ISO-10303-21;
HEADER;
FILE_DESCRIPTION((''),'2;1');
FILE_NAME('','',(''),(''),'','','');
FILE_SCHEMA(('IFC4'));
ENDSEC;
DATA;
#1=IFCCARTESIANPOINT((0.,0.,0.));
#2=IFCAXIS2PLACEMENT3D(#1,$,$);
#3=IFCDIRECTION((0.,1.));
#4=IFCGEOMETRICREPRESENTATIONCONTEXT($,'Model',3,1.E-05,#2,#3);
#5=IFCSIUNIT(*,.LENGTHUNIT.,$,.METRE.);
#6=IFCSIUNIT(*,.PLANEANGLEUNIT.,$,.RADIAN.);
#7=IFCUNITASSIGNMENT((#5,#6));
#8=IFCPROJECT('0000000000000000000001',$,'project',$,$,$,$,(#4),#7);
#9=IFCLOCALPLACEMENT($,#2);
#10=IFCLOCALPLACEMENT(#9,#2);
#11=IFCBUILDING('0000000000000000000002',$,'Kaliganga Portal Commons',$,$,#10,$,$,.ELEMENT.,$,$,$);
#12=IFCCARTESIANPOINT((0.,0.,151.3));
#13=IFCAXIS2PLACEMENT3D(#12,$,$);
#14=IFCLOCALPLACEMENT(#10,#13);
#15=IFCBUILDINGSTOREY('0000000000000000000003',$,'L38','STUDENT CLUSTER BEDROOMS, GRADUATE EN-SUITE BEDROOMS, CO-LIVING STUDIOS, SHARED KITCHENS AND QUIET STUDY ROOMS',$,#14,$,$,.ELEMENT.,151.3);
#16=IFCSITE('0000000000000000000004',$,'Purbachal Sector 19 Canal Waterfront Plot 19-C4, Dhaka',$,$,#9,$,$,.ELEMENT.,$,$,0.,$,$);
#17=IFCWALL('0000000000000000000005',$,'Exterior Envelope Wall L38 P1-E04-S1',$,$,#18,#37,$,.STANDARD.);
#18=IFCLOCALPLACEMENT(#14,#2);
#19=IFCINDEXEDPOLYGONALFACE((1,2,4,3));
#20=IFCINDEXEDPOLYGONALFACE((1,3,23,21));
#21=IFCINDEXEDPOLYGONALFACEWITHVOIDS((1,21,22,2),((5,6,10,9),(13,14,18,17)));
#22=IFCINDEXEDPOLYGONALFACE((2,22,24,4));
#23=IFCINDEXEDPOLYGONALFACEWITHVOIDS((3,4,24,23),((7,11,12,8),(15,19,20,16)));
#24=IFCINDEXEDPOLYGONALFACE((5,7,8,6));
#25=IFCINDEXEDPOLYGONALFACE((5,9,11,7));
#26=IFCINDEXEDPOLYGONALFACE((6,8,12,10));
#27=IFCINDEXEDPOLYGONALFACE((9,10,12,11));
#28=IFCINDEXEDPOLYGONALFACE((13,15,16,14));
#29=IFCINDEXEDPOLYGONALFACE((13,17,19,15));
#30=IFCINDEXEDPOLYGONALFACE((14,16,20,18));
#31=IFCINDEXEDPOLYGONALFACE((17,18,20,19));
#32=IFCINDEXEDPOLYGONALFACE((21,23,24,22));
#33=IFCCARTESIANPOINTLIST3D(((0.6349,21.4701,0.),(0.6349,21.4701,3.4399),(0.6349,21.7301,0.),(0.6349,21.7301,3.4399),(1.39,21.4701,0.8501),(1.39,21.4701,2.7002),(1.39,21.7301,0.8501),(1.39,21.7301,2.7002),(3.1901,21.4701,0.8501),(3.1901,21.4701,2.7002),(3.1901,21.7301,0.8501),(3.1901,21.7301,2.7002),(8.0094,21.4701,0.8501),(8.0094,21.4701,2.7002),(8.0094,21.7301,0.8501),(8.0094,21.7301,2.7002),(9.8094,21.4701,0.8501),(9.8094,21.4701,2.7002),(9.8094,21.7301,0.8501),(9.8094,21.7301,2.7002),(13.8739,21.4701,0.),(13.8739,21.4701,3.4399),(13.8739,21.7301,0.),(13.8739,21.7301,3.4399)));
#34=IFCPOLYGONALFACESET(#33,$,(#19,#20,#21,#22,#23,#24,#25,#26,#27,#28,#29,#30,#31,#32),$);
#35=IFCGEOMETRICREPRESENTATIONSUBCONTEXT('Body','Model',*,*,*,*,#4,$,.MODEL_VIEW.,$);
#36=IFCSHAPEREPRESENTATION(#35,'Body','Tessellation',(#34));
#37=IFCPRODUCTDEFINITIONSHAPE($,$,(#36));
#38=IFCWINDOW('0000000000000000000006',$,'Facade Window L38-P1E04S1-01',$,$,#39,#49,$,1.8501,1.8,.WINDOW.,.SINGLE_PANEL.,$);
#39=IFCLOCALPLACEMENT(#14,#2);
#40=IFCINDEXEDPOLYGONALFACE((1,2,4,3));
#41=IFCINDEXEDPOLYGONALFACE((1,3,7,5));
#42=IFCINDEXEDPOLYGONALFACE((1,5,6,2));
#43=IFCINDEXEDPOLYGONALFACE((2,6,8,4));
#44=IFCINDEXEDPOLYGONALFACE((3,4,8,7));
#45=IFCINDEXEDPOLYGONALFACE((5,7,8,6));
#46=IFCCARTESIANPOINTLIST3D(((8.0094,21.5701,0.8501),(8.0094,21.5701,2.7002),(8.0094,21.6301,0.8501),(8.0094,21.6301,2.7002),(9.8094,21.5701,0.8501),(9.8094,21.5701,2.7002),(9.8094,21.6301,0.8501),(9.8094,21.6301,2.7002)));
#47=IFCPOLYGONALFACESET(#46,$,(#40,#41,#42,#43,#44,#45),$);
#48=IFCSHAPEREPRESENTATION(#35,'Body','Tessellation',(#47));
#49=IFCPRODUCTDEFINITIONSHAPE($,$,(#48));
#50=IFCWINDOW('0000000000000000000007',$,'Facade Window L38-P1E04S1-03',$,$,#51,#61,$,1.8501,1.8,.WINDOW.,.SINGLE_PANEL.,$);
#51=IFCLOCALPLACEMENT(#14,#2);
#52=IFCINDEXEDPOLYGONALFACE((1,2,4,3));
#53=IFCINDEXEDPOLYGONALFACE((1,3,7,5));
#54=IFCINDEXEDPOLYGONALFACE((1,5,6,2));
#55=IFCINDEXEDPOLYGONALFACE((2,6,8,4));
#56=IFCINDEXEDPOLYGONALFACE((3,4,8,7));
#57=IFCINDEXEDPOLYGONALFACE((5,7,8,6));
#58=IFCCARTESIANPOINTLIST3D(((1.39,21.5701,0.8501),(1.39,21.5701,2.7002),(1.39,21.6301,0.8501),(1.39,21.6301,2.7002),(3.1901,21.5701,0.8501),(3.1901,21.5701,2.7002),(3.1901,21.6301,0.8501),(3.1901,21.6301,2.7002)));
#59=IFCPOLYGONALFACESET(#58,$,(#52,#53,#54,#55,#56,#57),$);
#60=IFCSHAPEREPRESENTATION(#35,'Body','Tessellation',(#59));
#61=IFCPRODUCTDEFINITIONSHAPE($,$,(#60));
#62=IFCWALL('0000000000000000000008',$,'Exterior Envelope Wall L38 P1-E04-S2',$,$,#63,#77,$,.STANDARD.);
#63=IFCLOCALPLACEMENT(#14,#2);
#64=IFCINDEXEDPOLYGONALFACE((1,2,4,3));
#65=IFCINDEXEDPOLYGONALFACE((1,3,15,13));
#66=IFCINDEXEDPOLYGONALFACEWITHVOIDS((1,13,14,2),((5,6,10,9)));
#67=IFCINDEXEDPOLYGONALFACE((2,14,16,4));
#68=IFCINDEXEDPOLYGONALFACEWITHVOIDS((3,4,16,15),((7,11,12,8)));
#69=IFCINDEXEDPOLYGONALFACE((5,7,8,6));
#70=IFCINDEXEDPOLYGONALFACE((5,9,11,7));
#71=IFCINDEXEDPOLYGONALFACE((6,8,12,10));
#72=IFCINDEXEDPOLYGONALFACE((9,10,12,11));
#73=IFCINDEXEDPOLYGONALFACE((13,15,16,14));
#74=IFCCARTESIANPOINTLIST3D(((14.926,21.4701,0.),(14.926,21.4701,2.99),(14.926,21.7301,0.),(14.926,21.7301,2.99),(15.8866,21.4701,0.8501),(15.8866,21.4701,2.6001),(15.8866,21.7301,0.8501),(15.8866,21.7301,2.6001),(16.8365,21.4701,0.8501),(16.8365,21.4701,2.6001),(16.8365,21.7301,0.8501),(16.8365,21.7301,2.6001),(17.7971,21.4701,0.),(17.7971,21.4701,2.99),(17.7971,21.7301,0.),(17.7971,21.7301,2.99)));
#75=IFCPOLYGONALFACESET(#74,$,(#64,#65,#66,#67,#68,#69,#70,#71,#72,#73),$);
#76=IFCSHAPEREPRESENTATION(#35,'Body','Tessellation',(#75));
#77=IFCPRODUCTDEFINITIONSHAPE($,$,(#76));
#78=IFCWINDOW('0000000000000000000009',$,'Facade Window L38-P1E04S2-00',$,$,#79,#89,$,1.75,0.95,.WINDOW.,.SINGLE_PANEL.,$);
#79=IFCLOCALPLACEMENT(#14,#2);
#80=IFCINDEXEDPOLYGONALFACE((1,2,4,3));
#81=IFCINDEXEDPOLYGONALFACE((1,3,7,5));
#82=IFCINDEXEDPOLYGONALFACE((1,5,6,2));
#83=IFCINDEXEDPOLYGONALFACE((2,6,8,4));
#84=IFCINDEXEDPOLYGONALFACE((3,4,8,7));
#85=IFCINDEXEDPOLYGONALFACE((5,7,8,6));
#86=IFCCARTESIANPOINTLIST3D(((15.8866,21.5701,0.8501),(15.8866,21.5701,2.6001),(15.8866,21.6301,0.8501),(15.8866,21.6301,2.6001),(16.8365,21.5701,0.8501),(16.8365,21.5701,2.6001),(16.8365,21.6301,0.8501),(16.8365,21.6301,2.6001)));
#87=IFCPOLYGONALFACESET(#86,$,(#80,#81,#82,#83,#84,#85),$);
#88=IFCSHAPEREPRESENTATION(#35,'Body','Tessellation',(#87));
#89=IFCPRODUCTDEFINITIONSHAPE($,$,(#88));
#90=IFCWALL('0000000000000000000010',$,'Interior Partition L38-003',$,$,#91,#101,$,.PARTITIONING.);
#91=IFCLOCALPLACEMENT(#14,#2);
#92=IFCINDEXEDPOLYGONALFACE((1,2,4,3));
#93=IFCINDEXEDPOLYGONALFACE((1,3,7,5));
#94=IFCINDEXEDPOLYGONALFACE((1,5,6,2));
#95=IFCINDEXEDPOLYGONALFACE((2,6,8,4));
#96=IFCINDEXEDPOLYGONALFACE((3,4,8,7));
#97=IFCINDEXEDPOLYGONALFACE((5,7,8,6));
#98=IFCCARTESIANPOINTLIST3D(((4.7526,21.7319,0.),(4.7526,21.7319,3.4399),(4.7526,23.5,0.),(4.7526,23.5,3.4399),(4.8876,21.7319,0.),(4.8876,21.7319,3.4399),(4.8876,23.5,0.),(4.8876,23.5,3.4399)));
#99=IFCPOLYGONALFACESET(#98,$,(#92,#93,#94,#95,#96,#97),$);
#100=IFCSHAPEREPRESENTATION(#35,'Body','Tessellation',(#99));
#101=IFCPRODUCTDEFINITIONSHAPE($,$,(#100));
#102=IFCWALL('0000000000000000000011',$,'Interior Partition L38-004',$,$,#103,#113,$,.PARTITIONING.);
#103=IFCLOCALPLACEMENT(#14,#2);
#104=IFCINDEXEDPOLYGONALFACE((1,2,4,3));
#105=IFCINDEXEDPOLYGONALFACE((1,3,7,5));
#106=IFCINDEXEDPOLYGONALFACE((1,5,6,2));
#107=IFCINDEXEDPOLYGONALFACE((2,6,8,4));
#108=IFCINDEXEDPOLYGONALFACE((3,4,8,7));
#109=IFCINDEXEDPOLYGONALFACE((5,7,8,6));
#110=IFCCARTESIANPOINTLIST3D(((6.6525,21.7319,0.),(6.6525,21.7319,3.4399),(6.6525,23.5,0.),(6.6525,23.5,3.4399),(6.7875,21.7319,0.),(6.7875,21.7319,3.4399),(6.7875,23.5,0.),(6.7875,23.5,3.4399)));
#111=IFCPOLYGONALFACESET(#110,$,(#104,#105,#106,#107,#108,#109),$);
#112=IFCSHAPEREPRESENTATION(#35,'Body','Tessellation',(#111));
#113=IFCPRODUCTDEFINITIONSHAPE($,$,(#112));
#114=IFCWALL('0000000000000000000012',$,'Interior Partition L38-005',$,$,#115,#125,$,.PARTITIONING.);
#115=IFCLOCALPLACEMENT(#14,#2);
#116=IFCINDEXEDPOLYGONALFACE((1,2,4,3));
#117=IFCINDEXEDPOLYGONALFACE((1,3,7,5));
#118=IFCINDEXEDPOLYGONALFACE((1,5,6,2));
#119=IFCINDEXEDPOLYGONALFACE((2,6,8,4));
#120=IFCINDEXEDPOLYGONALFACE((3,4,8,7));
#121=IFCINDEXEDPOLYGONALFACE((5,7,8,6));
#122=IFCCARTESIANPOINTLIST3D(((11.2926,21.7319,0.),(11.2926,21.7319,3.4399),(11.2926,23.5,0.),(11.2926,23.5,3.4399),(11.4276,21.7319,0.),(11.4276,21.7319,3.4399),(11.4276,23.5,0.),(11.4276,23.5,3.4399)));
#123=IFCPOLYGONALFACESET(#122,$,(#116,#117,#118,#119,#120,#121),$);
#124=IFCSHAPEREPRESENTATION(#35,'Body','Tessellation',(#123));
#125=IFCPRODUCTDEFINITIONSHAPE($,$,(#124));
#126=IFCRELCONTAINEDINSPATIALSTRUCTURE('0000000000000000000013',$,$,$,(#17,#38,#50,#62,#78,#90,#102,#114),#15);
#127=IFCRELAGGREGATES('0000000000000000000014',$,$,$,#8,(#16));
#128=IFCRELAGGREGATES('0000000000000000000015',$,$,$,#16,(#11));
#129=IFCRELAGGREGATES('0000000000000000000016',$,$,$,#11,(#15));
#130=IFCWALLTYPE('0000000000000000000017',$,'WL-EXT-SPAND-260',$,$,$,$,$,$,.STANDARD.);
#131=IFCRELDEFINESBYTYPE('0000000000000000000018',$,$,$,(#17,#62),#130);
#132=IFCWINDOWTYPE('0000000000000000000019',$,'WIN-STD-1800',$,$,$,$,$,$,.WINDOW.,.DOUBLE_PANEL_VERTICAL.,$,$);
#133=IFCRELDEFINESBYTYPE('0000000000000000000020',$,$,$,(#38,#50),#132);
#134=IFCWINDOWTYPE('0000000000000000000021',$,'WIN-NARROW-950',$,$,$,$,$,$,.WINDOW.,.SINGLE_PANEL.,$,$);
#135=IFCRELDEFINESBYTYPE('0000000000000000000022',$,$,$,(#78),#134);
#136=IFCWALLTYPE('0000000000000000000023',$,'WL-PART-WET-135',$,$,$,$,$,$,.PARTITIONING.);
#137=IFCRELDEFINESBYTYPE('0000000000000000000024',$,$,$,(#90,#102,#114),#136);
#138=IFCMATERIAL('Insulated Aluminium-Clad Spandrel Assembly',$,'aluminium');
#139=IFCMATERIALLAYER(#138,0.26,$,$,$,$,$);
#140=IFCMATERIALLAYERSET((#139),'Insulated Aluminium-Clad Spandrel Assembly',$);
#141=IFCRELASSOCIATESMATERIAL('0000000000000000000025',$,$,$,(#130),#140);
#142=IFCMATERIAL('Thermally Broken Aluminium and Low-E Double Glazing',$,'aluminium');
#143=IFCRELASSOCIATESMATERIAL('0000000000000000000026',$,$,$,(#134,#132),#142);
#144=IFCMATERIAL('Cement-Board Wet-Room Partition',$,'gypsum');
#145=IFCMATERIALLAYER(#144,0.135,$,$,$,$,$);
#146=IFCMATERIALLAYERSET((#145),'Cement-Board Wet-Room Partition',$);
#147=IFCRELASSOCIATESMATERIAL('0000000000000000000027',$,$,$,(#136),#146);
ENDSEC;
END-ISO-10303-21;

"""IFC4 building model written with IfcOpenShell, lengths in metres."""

from ifc_helpers import new_model, si_unit, direction, frame, frame_2d, origin, place, context, subcontext, project, spatial, rectangle, extrude, material, layer, layer_set, type_object, element, fill, save


model = new_model("IFC4")

# Units and contexts
model_context = context("Model", 3, precision=1e-05, world=origin(), true_north=direction((0.0, 1.0)))
body_context = subcontext(model_context, "Body", "Model", "MODEL_VIEW")
ifc_project = project(units=[si_unit("LENGTHUNIT", "METRE"), si_unit("PLANEANGLEUNIT", "RADIAN")], contexts=[model_context])

# Site, building, storey
site_placement = place(None, origin())
site = spatial("IfcSite", under=ifc_project, at=site_placement, Name="Purbachal Sector 19 Canal Waterfront Plot 19-C4, Dhaka", CompositionType="ELEMENT", RefElevation=0.0)
building_placement = place(site_placement, origin())
building = spatial("IfcBuilding", under=site, at=building_placement, Name="Kaliganga Portal Commons", CompositionType="ELEMENT")
storey_placement = place(building_placement, frame((0.0, 0.0, 151.3)))
storey = spatial("IfcBuildingStorey", under=building, at=storey_placement, Name="L38", Description="STUDENT CLUSTER BEDROOMS, GRADUATE EN-SUITE BEDROOMS, CO-LIVING STUDIOS, SHARED KITCHENS AND QUIET STUDY ROOMS", CompositionType="ELEMENT", Elevation=151.3)

# Wall, openings, windows
ifc_material_1 = material(Name="Insulated Aluminium-Clad Spandrel Assembly", Category="aluminium")
ifc_layer_1 = layer(ifc_material_1, 0.26)
ifc_layer_set_1 = layer_set([ifc_layer_1], Name="Insulated Aluminium-Clad Spandrel Assembly")
wall_type_1 = type_object("IfcWallType", Name="WL-EXT-SPAND-260", PredefinedType="STANDARD", material=ifc_layer_set_1)
ifc_material_2 = material(Name="Thermally Broken Aluminium and Low-E Double Glazing", Category="aluminium")
window_type_1 = type_object("IfcWindowType", Name="WIN-NARROW-950", PartitioningType="SINGLE_PANEL", PredefinedType="WINDOW", material=ifc_material_2)
window_type_2 = type_object("IfcWindowType", Name="WIN-STD-1800", PartitioningType="DOUBLE_PANEL_VERTICAL", PredefinedType="WINDOW", material=ifc_material_2)
wall_1_placement = place(storey_placement, frame((13.874, 21.6001, 0.0), z_axis=(0.0, 0.0, 1.0), x_axis=(-1.0, 0.0, 0.0)))
wall_1 = element("IfcWall", 1, at=wall_1_placement, inside=storey, type_object=wall_type_1, Name="Exterior Envelope Wall L38 P1-E04-S1", PredefinedType="STANDARD", context=body_context, shape_type="SweptSolid", body=[
    extrude(rectangle(XDim=13.239, YDim=0.26, at=frame_2d((6.6196, 0.0))), origin(), (0.0, 0.0, 1.0), 3.4399),
])
opening_1_placement = place(wall_1_placement, frame((4.0647, 0.0, 0.8501)))
opening_1 = element("IfcOpeningElement", 2, at=opening_1_placement, cuts=wall_1, PredefinedType="OPENING", context=body_context, shape_type="SweptSolid", body=[
    extrude(rectangle(XDim=1.8, YDim=1.8501, at=frame_2d((0.8999, 0.925))), frame((0.0, 0.1401, 0.0), z_axis=(0.0, -1.0, 0.0), x_axis=(1.0, 0.0, 0.0)), (0.0, 0.0, 1.0), 0.28),
])
opening_2_placement = place(wall_1_placement, frame((10.6841, 0.0, 0.8501)))
opening_2 = element("IfcOpeningElement", 3, at=opening_2_placement, cuts=wall_1, PredefinedType="OPENING", context=body_context, shape_type="SweptSolid", body=[
    extrude(rectangle(XDim=1.8, YDim=1.8501, at=frame_2d((0.8999, 0.925))), frame((0.0, 0.1401, 0.0), z_axis=(0.0, -1.0, 0.0), x_axis=(1.0, 0.0, 0.0)), (0.0, 0.0, 1.0), 0.28),
])
window_1_placement = place(opening_1_placement, origin())
window_1 = element("IfcWindow", 4, at=window_1_placement, inside=storey, type_object=window_type_2, Name="Facade Window L38-P1E04S1-01", OverallHeight=1.8501, OverallWidth=1.8, PartitioningType="SINGLE_PANEL", PredefinedType="WINDOW", context=body_context, shape_type="SweptSolid", body=[
    extrude(rectangle(XDim=1.8, YDim=1.8501, at=frame_2d((0.8999, 0.925))), frame((0.0, 0.03, 0.0), z_axis=(0.0, -1.0, 0.0), x_axis=(1.0, 0.0, 0.0)), (0.0, 0.0, 1.0), 0.0601),
])
fill(opening_1, window_1)
window_2_placement = place(opening_2_placement, origin())
window_2 = element("IfcWindow", 5, at=window_2_placement, inside=storey, type_object=window_type_2, Name="Facade Window L38-P1E04S1-03", OverallHeight=1.8501, OverallWidth=1.8, PartitioningType="SINGLE_PANEL", PredefinedType="WINDOW", context=body_context, shape_type="SweptSolid", body=[
    extrude(rectangle(XDim=1.8, YDim=1.8501, at=frame_2d((0.8999, 0.925))), frame((0.0, 0.03, 0.0), z_axis=(0.0, -1.0, 0.0), x_axis=(1.0, 0.0, 0.0)), (0.0, 0.0, 1.0), 0.0601),
])
fill(opening_2, window_2)

# Wall, opening, window
wall_2_placement = place(storey_placement, frame((17.7971, 21.6001, 0.0), z_axis=(0.0, 0.0, 1.0), x_axis=(-1.0, 0.0, 0.0)))
wall_2 = element("IfcWall", 6, at=wall_2_placement, inside=storey, type_object=wall_type_1, Name="Exterior Envelope Wall L38 P1-E04-S2", PredefinedType="STANDARD", context=body_context, shape_type="SweptSolid", body=[
    extrude(rectangle(XDim=2.8711, YDim=0.26, at=frame_2d((1.4355, 0.0))), origin(), (0.0, 0.0, 1.0), 2.99),
])
opening_3_placement = place(wall_2_placement, frame((0.9604, 0.0, 0.8501)))
opening_3 = element("IfcOpeningElement", 7, at=opening_3_placement, cuts=wall_2, PredefinedType="OPENING", context=body_context, shape_type="SweptSolid", body=[
    extrude(rectangle(XDim=0.95, YDim=1.75, at=frame_2d((0.4751, 0.875))), frame((0.0, 0.1401, 0.0), z_axis=(0.0, -1.0, 0.0), x_axis=(1.0, 0.0, 0.0)), (0.0, 0.0, 1.0), 0.28),
])
window_3_placement = place(opening_3_placement, origin())
window_3 = element("IfcWindow", 8, at=window_3_placement, inside=storey, type_object=window_type_1, Name="Facade Window L38-P1E04S2-00", OverallHeight=1.75, OverallWidth=0.95, PartitioningType="SINGLE_PANEL", PredefinedType="WINDOW", context=body_context, shape_type="SweptSolid", body=[
    extrude(rectangle(XDim=0.95, YDim=1.75, at=frame_2d((0.4751, 0.875))), frame((0.0, 0.03, 0.0), z_axis=(0.0, -1.0, 0.0), x_axis=(1.0, 0.0, 0.0)), (0.0, 0.0, 1.0), 0.0601),
])
fill(opening_3, window_3)

# Walls
ifc_material_3 = material(Name="Cement-Board Wet-Room Partition", Category="gypsum")
ifc_layer_2 = layer(ifc_material_3, 0.135)
ifc_layer_set_2 = layer_set([ifc_layer_2], Name="Cement-Board Wet-Room Partition")
wall_type_2 = type_object("IfcWallType", Name="WL-PART-WET-135", PredefinedType="PARTITIONING", material=ifc_layer_set_2)
for number, where, z_axis, x_axis, name in (
    (9, (4.8201, 21.7319, 0.0), (0.0, 0.0, 1.0), (0.0, 1.0, 0.0), "Interior Partition L38-003"),
    (10, (6.72, 21.7319, 0.0), (0.0, 0.0, 1.0), (0.0, 1.0, 0.0), "Interior Partition L38-004"),
    (11, (11.3601, 21.7319, 0.0), (0.0, 0.0, 1.0), (0.0, 1.0, 0.0), "Interior Partition L38-005"),
):
    element("IfcWall", number, at=place(storey_placement, frame(where, z_axis=z_axis, x_axis=x_axis)), inside=storey, type_object=wall_type_2, Name=name, PredefinedType="PARTITIONING", context=body_context, shape_type="SweptSolid", body=[
        extrude(rectangle(XDim=1.7681, YDim=0.135, at=frame_2d((0.884, 0.0))), origin(), (0.0, 0.0, 1.0), 3.4399),
    ])

save(model, "model.ifc")
